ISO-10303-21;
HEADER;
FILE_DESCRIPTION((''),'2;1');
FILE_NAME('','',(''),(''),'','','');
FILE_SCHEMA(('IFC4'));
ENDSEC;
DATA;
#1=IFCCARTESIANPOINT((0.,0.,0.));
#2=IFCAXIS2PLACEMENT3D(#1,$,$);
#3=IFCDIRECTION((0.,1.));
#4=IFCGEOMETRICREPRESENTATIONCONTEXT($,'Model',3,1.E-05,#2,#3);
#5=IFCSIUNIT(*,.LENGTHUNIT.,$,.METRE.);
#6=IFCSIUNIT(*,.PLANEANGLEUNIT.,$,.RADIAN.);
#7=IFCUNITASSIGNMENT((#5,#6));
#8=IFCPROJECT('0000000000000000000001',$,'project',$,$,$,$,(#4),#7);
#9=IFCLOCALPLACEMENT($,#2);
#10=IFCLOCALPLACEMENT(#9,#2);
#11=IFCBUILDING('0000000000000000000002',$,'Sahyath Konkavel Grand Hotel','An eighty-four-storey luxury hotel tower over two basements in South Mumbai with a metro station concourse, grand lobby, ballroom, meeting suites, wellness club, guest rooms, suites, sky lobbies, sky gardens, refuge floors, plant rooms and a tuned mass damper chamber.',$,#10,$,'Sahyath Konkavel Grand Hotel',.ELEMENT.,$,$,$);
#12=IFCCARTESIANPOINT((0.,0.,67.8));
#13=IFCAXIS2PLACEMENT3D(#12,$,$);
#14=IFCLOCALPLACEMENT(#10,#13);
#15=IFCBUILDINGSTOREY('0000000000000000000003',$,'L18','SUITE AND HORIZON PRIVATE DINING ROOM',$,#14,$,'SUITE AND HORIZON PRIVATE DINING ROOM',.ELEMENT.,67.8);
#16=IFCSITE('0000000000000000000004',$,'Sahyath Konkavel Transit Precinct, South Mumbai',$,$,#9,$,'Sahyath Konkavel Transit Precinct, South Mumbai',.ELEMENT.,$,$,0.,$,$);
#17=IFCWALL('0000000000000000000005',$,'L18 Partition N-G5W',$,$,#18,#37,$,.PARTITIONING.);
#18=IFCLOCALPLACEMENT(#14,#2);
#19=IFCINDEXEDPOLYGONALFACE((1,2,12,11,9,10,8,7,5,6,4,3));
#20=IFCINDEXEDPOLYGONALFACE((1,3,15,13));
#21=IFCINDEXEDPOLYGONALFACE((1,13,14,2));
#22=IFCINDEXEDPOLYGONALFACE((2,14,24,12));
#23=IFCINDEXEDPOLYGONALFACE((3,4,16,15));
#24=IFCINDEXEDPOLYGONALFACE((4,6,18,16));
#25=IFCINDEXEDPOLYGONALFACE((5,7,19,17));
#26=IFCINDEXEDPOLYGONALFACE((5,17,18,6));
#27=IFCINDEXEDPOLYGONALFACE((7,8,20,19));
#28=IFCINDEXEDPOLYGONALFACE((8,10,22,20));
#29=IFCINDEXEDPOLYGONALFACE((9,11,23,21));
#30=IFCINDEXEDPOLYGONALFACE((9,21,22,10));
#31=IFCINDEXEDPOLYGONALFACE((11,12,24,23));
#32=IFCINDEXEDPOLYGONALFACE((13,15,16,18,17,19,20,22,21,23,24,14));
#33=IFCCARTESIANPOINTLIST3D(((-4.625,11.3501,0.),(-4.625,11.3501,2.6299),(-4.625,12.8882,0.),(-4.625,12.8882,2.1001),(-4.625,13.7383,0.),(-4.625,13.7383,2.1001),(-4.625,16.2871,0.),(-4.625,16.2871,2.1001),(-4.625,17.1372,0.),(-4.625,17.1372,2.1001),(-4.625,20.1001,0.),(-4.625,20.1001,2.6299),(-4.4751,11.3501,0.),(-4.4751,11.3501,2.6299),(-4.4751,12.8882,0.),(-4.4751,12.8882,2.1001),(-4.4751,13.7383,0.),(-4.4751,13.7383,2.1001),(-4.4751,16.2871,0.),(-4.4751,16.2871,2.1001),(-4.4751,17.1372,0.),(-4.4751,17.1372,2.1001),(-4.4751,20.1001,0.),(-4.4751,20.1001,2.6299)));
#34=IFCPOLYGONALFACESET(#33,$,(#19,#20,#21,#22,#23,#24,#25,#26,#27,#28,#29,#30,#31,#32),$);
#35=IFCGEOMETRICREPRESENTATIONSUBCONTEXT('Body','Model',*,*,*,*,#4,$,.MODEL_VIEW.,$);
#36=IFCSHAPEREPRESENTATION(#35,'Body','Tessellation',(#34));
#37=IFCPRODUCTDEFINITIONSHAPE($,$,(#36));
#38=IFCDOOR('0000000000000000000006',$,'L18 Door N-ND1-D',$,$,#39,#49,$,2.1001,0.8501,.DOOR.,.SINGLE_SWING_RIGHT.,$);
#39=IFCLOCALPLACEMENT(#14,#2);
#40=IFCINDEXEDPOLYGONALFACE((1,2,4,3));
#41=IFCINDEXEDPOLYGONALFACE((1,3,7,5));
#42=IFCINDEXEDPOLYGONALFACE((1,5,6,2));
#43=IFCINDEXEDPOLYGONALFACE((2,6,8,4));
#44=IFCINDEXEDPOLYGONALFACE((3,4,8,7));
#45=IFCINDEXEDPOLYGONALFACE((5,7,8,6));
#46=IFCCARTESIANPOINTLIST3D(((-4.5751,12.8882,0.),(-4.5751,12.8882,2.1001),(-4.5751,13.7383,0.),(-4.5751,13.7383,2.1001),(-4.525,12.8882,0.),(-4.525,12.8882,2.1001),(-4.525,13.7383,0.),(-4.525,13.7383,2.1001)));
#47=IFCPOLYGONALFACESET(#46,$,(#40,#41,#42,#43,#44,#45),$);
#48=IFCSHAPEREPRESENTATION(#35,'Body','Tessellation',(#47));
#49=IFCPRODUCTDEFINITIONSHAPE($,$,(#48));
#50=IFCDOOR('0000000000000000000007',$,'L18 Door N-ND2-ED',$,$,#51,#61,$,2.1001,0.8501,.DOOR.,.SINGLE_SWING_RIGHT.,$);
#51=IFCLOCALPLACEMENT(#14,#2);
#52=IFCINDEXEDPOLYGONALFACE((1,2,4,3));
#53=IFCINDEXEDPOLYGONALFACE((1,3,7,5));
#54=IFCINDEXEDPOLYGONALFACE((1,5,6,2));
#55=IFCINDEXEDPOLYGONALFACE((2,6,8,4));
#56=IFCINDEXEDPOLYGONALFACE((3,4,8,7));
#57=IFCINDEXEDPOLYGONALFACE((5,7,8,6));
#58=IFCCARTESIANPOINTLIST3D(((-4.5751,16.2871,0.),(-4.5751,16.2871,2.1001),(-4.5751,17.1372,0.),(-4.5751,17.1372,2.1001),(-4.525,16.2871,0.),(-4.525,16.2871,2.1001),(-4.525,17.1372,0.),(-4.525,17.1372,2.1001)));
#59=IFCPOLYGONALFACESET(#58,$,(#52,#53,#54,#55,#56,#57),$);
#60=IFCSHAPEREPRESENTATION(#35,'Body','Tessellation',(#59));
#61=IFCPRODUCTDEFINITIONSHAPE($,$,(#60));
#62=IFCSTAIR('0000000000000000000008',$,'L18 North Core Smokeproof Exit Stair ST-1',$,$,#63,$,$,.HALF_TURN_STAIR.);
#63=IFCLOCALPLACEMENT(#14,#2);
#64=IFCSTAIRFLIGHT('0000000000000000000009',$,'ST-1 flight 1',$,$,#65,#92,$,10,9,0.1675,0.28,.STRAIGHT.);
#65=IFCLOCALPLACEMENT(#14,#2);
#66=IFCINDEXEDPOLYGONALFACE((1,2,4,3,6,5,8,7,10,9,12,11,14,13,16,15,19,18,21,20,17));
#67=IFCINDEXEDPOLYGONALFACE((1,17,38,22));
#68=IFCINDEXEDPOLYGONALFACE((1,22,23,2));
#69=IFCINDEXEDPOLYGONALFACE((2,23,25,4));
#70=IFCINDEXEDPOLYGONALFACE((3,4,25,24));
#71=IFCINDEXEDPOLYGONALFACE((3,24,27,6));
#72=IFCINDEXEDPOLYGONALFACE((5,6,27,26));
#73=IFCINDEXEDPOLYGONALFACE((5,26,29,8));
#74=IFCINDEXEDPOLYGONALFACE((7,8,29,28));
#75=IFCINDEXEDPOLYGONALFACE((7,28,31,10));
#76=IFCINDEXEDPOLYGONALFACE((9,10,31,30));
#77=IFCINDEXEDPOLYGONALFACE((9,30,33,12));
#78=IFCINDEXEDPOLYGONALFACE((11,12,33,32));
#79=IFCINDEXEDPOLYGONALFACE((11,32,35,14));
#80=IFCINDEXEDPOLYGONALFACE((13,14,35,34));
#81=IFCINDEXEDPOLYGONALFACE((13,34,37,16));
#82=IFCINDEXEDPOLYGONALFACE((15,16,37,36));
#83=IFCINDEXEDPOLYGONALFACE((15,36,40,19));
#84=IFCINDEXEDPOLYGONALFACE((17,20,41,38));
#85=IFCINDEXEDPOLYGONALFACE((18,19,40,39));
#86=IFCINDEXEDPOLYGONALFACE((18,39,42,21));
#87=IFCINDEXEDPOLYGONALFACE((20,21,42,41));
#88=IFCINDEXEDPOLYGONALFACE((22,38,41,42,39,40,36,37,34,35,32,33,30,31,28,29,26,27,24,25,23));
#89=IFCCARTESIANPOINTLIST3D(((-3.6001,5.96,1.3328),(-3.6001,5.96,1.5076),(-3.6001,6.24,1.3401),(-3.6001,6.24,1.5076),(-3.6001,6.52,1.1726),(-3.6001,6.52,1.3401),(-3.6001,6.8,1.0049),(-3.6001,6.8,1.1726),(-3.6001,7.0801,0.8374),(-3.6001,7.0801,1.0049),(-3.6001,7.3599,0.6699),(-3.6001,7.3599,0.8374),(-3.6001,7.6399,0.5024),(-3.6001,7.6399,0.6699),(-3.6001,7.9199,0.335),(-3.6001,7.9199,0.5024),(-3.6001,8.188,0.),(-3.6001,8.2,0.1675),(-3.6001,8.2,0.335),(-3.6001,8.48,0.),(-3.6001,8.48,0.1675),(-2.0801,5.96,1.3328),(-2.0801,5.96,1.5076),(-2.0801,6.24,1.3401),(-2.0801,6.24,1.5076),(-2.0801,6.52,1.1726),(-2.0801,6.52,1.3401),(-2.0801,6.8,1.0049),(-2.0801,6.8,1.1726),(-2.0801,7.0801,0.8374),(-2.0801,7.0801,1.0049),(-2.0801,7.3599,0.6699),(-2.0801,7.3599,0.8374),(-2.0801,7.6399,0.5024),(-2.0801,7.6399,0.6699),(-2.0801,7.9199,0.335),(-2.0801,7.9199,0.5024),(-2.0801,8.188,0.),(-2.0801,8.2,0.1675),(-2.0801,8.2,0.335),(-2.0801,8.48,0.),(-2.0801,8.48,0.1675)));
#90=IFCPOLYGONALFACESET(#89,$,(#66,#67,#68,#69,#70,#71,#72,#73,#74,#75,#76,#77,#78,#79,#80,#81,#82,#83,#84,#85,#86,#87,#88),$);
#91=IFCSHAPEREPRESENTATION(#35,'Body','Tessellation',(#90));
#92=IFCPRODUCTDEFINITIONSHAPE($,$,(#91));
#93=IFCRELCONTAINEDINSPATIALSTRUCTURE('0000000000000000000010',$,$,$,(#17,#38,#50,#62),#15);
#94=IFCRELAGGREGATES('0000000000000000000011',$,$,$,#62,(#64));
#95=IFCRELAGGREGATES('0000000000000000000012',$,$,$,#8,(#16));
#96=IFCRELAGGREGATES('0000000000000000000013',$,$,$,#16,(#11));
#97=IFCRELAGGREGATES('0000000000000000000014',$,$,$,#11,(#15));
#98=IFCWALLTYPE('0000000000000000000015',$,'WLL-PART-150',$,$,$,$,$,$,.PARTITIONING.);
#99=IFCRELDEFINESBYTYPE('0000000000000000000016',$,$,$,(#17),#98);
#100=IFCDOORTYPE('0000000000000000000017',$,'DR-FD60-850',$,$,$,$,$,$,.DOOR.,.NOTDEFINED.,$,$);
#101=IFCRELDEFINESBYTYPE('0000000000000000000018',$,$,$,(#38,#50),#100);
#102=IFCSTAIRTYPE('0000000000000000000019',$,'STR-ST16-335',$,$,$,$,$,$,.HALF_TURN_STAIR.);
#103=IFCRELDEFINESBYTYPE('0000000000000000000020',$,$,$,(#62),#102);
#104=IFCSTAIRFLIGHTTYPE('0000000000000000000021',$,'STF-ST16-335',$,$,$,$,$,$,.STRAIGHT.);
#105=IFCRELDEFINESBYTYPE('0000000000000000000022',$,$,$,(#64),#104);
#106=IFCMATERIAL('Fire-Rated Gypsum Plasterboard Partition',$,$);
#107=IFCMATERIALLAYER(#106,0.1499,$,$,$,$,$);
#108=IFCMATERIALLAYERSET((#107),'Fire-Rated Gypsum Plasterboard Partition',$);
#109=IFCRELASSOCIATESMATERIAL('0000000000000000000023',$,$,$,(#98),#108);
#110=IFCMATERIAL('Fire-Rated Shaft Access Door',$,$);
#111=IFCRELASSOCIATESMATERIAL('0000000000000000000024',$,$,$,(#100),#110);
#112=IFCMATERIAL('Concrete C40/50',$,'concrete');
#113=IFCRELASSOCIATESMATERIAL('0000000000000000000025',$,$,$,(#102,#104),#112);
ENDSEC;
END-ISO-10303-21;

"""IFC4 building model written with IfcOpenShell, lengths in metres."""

from ifc_helpers import new_model, si_unit, direction, frame, frame_2d, origin, origin_2d, place, context, subcontext, project, spatial, polyline, rectangle, outline, extrude, source, transform, mapped, material, layer, layer_set, type_object, element, fill, aggregate, save


model = new_model("IFC4")

# Units and contexts
model_context = context("Model", 3, precision=1e-05, world=origin(), true_north=direction((0.0, 1.0)))
body_context = subcontext(model_context, "Body", "Model", "MODEL_VIEW")
ifc_project = project(units=[si_unit("LENGTHUNIT", "METRE"), si_unit("PLANEANGLEUNIT", "RADIAN")], contexts=[model_context])

# Site, building, storey
site_placement = place(None, origin())
site = spatial("IfcSite", under=ifc_project, at=site_placement, Name="Sahyath Konkavel Transit Precinct, South Mumbai", LongName="Sahyath Konkavel Transit Precinct, South Mumbai", CompositionType="ELEMENT", RefElevation=0.0)
building_placement = place(site_placement, origin())
building = spatial("IfcBuilding", under=site, at=building_placement, Name="Sahyath Konkavel Grand Hotel", Description="An eighty-four-storey luxury hotel tower over two basements in South Mumbai with a metro station concourse, grand lobby, ballroom, meeting suites, wellness club, guest rooms, suites, sky lobbies, sky gardens, refuge floors, plant rooms and a tuned mass damper chamber.", LongName="Sahyath Konkavel Grand Hotel", CompositionType="ELEMENT")
storey_placement = place(building_placement, frame((0.0, 0.0, 67.8)))
storey = spatial("IfcBuildingStorey", under=building, at=storey_placement, Name="L18", Description="SUITE AND HORIZON PRIVATE DINING ROOM", LongName="SUITE AND HORIZON PRIVATE DINING ROOM", CompositionType="ELEMENT", Elevation=67.8)

# Wall, openings, doors
ifc_material_1 = material(Name="Fire-Rated Gypsum Plasterboard Partition")
ifc_layer_1 = layer(ifc_material_1, 0.1499)
ifc_layer_set_1 = layer_set([ifc_layer_1], Name="Fire-Rated Gypsum Plasterboard Partition")
wall_type_1 = type_object("IfcWallType", Name="WLL-PART-150", PredefinedType="PARTITIONING", material=ifc_layer_set_1)
wall_1_placement = place(storey_placement, frame((-4.55, 11.3501, 0.0), z_axis=(0.0, 0.0, 1.0), x_axis=(0.0, 1.0, 0.0)))
wall_1 = element("IfcWall", 1, at=wall_1_placement, inside=storey, type_object=wall_type_1, Name="L18 Partition N-G5W", PredefinedType="PARTITIONING", context=body_context, shape_type="SweptSolid", body=[
    extrude(rectangle(XDim=8.75, YDim=0.1499, at=frame_2d((4.375, 0.0))), origin(), (0.0, 0.0, 1.0), 2.6299),
])
opening_1_placement = place(wall_1_placement, frame((1.5381, 0.0, 0.0)))
opening_1 = element("IfcOpeningElement", 2, at=opening_1_placement, cuts=wall_1, PredefinedType="OPENING", context=body_context, shape_type="SweptSolid", body=[
    extrude(rectangle(XDim=0.8501, YDim=2.1001, at=frame_2d((0.425, 1.05))), frame((0.0, 0.085, 0.0), z_axis=(0.0, -1.0, 0.0), x_axis=(1.0, 0.0, 0.0)), (0.0, 0.0, 1.0), 0.1699),
])
opening_2_placement = place(wall_1_placement, frame((4.937, 0.0, 0.0)))
opening_2 = element("IfcOpeningElement", 3, at=opening_2_placement, cuts=wall_1, PredefinedType="OPENING", context=body_context, shape_type="SweptSolid", body=[
    extrude(rectangle(XDim=0.8501, YDim=2.1001, at=frame_2d((0.425, 1.05))), frame((0.0, 0.085, 0.0), z_axis=(0.0, -1.0, 0.0), x_axis=(1.0, 0.0, 0.0)), (0.0, 0.0, 1.0), 0.1699),
])
ifc_material_2 = material(Name="Fire-Rated Shaft Access Door")
door_type_1 = type_object("IfcDoorType", Name="DR-FD60-850", OperationType="NOTDEFINED", PredefinedType="DOOR", material=ifc_material_2)
shared_shape_1 = source(origin(), body_context, "Body", "SweptSolid", [
    extrude(rectangle(XDim=0.8501, YDim=0.05, at=origin_2d()), origin(), (0.0, 0.0, 1.0), 2.1001),
])
door_1_placement = place(opening_1_placement, frame((0.425, 0.0, 0.0)))
door_1 = element("IfcDoor", 4, at=door_1_placement, inside=storey, type_object=door_type_1, Name="L18 Door N-ND1-D", OperationType="SINGLE_SWING_RIGHT", OverallHeight=2.1001, OverallWidth=0.8501, PredefinedType="DOOR", context=body_context, shape_type="MappedRepresentation", body=[
    mapped(shared_shape_1, transform((0.0, 0.0, 0.0), scale=1.0)),
])
fill(opening_1, door_1)
door_2_placement = place(opening_2_placement, frame((0.425, 0.0, 0.0)))
door_2 = element("IfcDoor", 5, at=door_2_placement, inside=storey, type_object=door_type_1, Name="L18 Door N-ND2-ED", OperationType="SINGLE_SWING_RIGHT", OverallHeight=2.1001, OverallWidth=0.8501, PredefinedType="DOOR", context=body_context, shape_type="MappedRepresentation", body=[
    mapped(shared_shape_1, transform((0.0, 0.0, 0.0), scale=1.0)),
])
fill(opening_2, door_2)

# Stair, stair flight
ifc_material_3 = material(Name="Concrete C40/50", Category="concrete")
stair_type = type_object("IfcStairType", Name="STR-ST16-335", PredefinedType="HALF_TURN_STAIR", material=ifc_material_3)
stair_placement = place(storey_placement, origin())
stair = element("IfcStair", 6, at=stair_placement, inside=storey, type_object=stair_type, Name="L18 North Core Smokeproof Exit Stair ST-1", PredefinedType="HALF_TURN_STAIR")
stair_flight_type = type_object("IfcStairFlightType", Name="STF-ST16-335", PredefinedType="STRAIGHT", material=ifc_material_3)
stair_flight_placement = place(storey_placement, frame((-2.8401, 8.48, 0.0), z_axis=(0.0, 0.0, 1.0), x_axis=(0.0, -1.0, 0.0)))
stair_flight = element("IfcStairFlight", 7, at=stair_flight_placement, type_object=stair_flight_type, Name="ST-1 flight 1", NumberOfRisers=10, NumberOfTreads=9, PredefinedType="STRAIGHT", RiserHeight=0.1675, TreadLength=0.28, context=body_context, shape_type="SweptSolid", body=[
    extrude(outline(polyline([(0.0, 0.0), (0.0, 0.1675), (0.28, 0.1675), (0.28, 0.335), (0.5601, 0.335), (0.5601, 0.5024), (0.8401, 0.5024), (0.8401, 0.6699), (1.1201, 0.6699), (1.1201, 0.8374), (1.3999, 0.8374), (1.3999, 1.0049), (1.6799, 1.0049), (1.6799, 1.1726), (1.96, 1.1726), (1.96, 1.3401), (2.24, 1.3401), (2.24, 1.5076), (2.52, 1.5076), (2.52, 1.675), (2.52, 1.3328), (0.292, 0.0), (0.0, 0.0)])), frame((0.0, 0.76, 0.0), z_axis=(0.0, -1.0, 0.0), x_axis=(1.0, 0.0, 0.0)), (0.0, 0.0, 1.0), 1.52),
])
aggregate(stair, [stair_flight])

save(model, "model.ifc")
